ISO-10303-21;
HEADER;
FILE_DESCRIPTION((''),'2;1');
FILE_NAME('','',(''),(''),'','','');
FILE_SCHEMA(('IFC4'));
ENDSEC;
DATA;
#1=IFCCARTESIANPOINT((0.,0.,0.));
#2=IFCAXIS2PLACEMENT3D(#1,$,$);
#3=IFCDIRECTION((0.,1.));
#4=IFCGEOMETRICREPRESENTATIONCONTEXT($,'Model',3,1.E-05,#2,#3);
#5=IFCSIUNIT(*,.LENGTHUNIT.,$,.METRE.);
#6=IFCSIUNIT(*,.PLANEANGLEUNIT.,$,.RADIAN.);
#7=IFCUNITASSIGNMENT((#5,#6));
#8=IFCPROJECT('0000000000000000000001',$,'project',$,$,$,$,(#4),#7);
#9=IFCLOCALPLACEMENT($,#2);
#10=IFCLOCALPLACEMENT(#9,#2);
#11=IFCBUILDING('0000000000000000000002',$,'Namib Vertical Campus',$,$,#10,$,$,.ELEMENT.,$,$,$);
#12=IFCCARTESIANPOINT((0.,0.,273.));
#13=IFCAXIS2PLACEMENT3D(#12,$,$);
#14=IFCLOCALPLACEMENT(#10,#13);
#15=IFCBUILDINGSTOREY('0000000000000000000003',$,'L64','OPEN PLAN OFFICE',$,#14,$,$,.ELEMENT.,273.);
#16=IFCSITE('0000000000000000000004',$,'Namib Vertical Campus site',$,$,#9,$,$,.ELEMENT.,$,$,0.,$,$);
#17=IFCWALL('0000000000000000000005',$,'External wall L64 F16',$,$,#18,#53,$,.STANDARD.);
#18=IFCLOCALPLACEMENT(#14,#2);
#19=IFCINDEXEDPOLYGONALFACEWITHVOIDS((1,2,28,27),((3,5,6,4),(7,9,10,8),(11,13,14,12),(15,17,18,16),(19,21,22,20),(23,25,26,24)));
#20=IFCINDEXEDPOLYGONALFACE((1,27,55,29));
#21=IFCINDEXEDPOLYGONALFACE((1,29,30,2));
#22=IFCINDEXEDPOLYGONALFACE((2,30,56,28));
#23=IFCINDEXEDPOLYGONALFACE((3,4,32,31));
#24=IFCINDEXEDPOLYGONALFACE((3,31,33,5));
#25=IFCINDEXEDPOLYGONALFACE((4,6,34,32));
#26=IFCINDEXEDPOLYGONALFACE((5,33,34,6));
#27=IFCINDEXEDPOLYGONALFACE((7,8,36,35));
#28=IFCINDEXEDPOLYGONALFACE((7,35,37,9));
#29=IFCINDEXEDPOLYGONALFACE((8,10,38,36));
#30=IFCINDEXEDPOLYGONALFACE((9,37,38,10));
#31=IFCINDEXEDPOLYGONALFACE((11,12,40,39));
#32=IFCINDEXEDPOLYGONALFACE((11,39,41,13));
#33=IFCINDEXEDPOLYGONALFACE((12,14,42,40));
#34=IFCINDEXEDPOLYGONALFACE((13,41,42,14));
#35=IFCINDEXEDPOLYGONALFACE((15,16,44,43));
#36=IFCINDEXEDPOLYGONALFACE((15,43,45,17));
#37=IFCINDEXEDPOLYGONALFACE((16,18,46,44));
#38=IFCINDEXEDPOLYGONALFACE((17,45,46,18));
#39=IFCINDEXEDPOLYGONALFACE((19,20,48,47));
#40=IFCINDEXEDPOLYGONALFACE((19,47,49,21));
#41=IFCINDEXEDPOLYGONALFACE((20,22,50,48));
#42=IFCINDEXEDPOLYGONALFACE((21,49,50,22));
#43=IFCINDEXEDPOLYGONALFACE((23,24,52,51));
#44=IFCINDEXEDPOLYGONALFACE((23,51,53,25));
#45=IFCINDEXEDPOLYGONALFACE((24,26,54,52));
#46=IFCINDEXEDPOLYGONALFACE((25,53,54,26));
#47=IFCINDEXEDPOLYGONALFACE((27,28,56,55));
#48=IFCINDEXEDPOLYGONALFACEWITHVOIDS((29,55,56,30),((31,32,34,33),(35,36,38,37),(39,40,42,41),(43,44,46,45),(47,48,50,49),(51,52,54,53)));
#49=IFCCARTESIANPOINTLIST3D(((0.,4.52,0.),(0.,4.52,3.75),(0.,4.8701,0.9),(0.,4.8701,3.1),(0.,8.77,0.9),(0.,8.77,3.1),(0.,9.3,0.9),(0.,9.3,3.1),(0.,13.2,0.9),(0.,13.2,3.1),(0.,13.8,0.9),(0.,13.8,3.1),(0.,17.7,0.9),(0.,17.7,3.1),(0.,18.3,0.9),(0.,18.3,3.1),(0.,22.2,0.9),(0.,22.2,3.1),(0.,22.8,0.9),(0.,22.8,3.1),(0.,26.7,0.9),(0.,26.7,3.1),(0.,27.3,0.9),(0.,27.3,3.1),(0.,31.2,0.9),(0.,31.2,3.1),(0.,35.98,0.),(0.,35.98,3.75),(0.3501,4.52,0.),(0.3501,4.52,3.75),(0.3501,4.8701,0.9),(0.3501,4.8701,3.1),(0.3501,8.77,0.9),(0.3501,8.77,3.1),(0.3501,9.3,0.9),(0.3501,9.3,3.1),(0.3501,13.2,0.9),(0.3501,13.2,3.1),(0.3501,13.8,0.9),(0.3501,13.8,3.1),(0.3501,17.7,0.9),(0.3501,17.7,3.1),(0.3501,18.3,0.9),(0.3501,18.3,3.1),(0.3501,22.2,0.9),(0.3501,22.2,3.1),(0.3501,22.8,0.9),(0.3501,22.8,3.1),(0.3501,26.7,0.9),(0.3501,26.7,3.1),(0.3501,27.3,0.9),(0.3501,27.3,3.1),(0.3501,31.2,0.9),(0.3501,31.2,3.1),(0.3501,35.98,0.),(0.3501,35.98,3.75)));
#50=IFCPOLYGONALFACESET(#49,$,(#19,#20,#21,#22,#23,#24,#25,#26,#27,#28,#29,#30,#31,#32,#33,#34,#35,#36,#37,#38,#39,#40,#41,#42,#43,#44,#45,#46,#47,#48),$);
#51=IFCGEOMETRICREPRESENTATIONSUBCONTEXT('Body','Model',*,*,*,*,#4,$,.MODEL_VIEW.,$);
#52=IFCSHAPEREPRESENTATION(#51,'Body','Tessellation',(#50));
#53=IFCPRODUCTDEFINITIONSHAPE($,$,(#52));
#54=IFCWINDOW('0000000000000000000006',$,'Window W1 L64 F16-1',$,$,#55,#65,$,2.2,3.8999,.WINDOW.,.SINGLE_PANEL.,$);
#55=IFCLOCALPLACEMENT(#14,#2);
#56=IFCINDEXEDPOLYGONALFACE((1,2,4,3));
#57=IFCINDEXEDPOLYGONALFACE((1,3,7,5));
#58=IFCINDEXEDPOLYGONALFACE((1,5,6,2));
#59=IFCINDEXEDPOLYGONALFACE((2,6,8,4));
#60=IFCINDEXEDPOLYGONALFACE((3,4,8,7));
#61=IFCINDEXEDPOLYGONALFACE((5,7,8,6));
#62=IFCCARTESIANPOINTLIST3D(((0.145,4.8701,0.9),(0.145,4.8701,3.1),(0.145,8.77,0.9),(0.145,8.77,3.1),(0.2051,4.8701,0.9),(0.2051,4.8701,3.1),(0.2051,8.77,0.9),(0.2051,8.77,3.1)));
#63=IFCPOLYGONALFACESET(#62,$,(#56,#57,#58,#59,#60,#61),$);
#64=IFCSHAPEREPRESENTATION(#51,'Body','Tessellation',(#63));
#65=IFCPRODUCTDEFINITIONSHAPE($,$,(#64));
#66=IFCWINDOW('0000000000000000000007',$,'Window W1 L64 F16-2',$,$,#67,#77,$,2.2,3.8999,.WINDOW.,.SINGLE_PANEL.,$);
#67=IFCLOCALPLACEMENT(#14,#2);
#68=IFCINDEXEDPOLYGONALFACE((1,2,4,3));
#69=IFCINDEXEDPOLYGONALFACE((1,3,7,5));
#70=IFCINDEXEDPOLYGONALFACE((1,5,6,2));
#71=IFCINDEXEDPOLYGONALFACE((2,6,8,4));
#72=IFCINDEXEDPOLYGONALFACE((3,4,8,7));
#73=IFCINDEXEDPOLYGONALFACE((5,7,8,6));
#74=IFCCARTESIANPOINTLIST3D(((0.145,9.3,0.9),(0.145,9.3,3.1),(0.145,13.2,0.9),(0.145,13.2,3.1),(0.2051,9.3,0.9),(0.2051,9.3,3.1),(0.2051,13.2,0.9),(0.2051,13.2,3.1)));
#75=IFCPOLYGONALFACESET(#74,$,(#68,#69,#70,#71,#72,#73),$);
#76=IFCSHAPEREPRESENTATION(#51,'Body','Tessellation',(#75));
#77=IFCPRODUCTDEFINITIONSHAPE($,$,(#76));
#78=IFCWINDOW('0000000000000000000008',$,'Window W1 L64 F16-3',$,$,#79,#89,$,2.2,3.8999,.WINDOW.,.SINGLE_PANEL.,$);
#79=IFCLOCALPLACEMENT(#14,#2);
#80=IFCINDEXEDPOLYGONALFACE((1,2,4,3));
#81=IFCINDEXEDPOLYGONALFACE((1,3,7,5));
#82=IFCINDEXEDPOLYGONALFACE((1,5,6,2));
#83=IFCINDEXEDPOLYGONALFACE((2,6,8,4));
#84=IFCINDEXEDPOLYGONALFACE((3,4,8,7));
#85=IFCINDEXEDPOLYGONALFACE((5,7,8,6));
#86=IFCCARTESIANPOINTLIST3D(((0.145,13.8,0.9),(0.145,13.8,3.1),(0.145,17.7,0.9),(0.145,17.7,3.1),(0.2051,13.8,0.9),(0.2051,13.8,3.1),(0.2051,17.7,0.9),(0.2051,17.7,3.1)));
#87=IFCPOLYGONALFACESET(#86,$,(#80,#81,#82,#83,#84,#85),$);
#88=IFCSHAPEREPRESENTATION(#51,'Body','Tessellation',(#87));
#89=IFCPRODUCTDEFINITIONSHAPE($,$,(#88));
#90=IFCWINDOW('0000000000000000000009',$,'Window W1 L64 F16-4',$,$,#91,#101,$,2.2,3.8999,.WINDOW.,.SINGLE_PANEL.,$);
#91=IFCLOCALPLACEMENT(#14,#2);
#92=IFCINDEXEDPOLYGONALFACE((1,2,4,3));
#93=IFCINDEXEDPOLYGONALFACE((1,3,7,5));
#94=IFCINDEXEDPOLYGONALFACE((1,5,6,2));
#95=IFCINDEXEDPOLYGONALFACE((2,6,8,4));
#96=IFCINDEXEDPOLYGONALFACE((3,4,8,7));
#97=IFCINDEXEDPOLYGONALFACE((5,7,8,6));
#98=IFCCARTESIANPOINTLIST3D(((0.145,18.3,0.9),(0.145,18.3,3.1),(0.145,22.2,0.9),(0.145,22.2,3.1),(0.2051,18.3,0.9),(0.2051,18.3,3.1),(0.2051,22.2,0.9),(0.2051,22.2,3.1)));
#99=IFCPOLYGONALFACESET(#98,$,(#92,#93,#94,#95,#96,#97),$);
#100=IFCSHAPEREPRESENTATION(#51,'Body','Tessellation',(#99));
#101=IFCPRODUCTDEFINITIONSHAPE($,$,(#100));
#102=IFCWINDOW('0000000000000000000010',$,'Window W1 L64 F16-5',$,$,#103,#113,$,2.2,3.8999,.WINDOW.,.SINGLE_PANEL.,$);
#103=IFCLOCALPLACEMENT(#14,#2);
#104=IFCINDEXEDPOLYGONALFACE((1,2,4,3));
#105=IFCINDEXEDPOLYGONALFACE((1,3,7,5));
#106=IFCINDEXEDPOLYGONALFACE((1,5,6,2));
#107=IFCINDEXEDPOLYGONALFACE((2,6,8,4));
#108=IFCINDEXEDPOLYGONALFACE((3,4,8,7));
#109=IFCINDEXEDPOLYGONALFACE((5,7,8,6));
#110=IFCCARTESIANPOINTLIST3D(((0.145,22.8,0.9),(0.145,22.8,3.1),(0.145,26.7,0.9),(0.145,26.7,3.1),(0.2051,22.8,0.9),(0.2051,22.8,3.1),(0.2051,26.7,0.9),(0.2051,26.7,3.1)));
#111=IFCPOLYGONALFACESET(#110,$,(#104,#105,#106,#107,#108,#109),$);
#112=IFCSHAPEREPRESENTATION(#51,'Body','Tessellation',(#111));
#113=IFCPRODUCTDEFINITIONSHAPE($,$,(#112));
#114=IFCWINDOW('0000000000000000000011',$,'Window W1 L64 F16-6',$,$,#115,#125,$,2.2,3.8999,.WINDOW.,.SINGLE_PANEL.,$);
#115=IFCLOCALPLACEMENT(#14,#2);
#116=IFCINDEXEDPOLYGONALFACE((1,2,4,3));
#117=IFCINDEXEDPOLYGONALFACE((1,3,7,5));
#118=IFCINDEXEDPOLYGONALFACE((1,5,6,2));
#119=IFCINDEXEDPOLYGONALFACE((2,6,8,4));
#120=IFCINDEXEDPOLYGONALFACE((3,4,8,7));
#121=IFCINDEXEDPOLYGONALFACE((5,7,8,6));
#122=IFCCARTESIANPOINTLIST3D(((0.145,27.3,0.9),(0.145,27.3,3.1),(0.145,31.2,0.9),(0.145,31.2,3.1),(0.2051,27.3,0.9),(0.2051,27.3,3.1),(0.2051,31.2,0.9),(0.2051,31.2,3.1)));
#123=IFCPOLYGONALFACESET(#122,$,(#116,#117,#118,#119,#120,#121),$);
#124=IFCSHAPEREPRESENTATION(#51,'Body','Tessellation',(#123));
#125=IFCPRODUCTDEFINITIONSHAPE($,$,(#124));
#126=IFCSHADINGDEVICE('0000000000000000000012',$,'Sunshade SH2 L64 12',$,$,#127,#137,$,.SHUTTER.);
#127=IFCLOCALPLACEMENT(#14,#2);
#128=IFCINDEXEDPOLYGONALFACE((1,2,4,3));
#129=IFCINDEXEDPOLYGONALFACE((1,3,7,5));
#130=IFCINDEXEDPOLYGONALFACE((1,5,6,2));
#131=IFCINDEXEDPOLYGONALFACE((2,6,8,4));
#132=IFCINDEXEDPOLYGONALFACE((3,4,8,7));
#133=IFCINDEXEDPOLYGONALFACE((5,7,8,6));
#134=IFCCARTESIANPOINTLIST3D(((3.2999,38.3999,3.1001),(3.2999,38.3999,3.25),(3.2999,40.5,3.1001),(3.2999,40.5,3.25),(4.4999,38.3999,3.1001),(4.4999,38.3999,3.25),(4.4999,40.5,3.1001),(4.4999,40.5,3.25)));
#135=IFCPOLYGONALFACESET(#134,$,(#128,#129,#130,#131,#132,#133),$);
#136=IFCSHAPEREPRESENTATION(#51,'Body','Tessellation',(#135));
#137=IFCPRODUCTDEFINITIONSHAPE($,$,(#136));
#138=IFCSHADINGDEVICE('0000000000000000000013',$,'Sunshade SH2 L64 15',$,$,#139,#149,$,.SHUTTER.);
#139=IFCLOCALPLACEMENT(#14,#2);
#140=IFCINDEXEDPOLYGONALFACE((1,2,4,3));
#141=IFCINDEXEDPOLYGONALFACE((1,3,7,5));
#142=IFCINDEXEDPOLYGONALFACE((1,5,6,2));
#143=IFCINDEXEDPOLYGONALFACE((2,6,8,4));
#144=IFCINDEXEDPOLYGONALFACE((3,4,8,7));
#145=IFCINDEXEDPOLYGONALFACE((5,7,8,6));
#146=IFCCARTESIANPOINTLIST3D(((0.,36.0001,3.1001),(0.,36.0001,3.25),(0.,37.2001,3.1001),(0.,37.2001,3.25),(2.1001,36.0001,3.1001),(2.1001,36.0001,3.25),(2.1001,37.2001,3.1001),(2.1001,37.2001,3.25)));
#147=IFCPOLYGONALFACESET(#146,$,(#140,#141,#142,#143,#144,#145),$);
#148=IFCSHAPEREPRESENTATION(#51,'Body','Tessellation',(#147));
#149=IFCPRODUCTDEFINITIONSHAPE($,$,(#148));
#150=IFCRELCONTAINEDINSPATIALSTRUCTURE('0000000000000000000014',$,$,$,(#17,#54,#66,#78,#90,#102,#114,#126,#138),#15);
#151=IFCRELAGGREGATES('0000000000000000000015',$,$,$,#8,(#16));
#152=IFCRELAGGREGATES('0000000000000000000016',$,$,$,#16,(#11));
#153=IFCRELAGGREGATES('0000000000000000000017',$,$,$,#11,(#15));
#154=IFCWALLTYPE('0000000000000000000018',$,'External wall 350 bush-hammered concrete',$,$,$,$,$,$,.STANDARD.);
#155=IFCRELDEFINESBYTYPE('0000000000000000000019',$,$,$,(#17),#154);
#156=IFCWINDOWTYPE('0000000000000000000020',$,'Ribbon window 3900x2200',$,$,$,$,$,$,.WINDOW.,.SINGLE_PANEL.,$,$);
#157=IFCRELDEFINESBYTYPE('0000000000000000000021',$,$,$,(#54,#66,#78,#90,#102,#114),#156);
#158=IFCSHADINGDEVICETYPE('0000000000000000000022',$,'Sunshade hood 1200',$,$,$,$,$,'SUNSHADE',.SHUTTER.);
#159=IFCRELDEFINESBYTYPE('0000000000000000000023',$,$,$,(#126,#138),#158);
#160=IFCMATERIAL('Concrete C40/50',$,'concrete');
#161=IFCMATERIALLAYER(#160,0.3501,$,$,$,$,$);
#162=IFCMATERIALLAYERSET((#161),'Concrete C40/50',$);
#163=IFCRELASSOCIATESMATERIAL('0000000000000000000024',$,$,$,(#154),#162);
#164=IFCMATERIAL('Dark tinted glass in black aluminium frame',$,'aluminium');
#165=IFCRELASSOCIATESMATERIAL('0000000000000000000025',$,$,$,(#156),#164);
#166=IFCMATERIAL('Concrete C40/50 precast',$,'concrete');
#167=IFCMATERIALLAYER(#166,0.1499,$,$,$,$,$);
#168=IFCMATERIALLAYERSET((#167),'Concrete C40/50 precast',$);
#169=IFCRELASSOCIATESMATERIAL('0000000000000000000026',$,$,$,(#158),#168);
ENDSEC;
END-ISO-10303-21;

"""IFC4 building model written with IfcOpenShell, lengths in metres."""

from ifc_helpers import new_model, si_unit, direction, frame, frame_2d, origin, origin_2d, place, context, subcontext, project, spatial, rectangle, extrude, material, layer, layer_set, type_object, element, fill, save


model = new_model("IFC4")

# Units and contexts
model_context = context("Model", 3, precision=1e-05, world=origin(), true_north=direction((0.0, 1.0)))
body_context = subcontext(model_context, "Body", "Model", "MODEL_VIEW")
ifc_project = project(units=[si_unit("LENGTHUNIT", "METRE"), si_unit("PLANEANGLEUNIT", "RADIAN")], contexts=[model_context])

# Site, building, storey
site_placement = place(None, origin())
site = spatial("IfcSite", under=ifc_project, at=site_placement, Name="Namib Vertical Campus site", CompositionType="ELEMENT", RefElevation=0.0)
building_placement = place(site_placement, origin())
building = spatial("IfcBuilding", under=site, at=building_placement, Name="Namib Vertical Campus", CompositionType="ELEMENT")
storey_placement = place(building_placement, frame((0.0, 0.0, 273.0)))
storey = spatial("IfcBuildingStorey", under=building, at=storey_placement, Name="L64", Description="OPEN PLAN OFFICE", CompositionType="ELEMENT", Elevation=273.0)

# Shared definitions
ifc_material_1 = material(Name="Concrete C40/50", Category="concrete")
ifc_layer_1 = layer(ifc_material_1, 0.3501)
ifc_layer_set_1 = layer_set([ifc_layer_1], Name="Concrete C40/50")
wall_type_1 = type_object("IfcWallType", Name="External wall 350 bush-hammered concrete", PredefinedType="STANDARD", material=ifc_layer_set_1)

# Wall, openings, windows
wall_1_placement = place(storey_placement, frame((0.175, 35.98, 0.0), z_axis=(0.0, 0.0, 1.0), x_axis=(0.0, -1.0, 0.0)))
wall_1 = element("IfcWall", 1, at=wall_1_placement, inside=storey, type_object=wall_type_1, Name="External wall L64 F16", PredefinedType="STANDARD", context=body_context, shape_type="SweptSolid", body=[
    extrude(rectangle(XDim=31.46, YDim=0.3501, at=frame_2d((15.73, 0.0))), origin(), (0.0, 0.0, 1.0), 3.75),
])
opening_1_placement = place(wall_1_placement, frame((27.21, 0.0, 0.8999)))
opening_1 = element("IfcOpeningElement", 2, at=opening_1_placement, cuts=wall_1, PredefinedType="OPENING", context=body_context, shape_type="SweptSolid", body=[
    extrude(rectangle(XDim=3.8999, YDim=2.2, at=frame_2d((1.95, 1.1001))), frame((0.0, 0.1851, 0.0), z_axis=(0.0, -1.0, 0.0), x_axis=(1.0, 0.0, 0.0)), (0.0, 0.0, 1.0), 0.3701),
])
opening_2_placement = place(wall_1_placement, frame((22.78, 0.0, 0.8999)))
opening_2 = element("IfcOpeningElement", 3, at=opening_2_placement, cuts=wall_1, PredefinedType="OPENING", context=body_context, shape_type="SweptSolid", body=[
    extrude(rectangle(XDim=3.8999, YDim=2.2, at=frame_2d((1.95, 1.1001))), frame((0.0, 0.1851, 0.0), z_axis=(0.0, -1.0, 0.0), x_axis=(1.0, 0.0, 0.0)), (0.0, 0.0, 1.0), 0.3701),
])
opening_3_placement = place(wall_1_placement, frame((18.28, 0.0, 0.8999)))
opening_3 = element("IfcOpeningElement", 4, at=opening_3_placement, cuts=wall_1, PredefinedType="OPENING", context=body_context, shape_type="SweptSolid", body=[
    extrude(rectangle(XDim=3.8999, YDim=2.2, at=frame_2d((1.95, 1.1001))), frame((0.0, 0.1851, 0.0), z_axis=(0.0, -1.0, 0.0), x_axis=(1.0, 0.0, 0.0)), (0.0, 0.0, 1.0), 0.3701),
])
opening_4_placement = place(wall_1_placement, frame((13.78, 0.0, 0.8999)))
opening_4 = element("IfcOpeningElement", 5, at=opening_4_placement, cuts=wall_1, PredefinedType="OPENING", context=body_context, shape_type="SweptSolid", body=[
    extrude(rectangle(XDim=3.8999, YDim=2.2, at=frame_2d((1.95, 1.1001))), frame((0.0, 0.1851, 0.0), z_axis=(0.0, -1.0, 0.0), x_axis=(1.0, 0.0, 0.0)), (0.0, 0.0, 1.0), 0.3701),
])
opening_5_placement = place(wall_1_placement, frame((9.28, 0.0, 0.8999)))
opening_5 = element("IfcOpeningElement", 6, at=opening_5_placement, cuts=wall_1, PredefinedType="OPENING", context=body_context, shape_type="SweptSolid", body=[
    extrude(rectangle(XDim=3.8999, YDim=2.2, at=frame_2d((1.95, 1.1001))), frame((0.0, 0.1851, 0.0), z_axis=(0.0, -1.0, 0.0), x_axis=(1.0, 0.0, 0.0)), (0.0, 0.0, 1.0), 0.3701),
])
opening_6_placement = place(wall_1_placement, frame((4.78, 0.0, 0.8999)))
opening_6 = element("IfcOpeningElement", 7, at=opening_6_placement, cuts=wall_1, PredefinedType="OPENING", context=body_context, shape_type="SweptSolid", body=[
    extrude(rectangle(XDim=3.8999, YDim=2.2, at=frame_2d((1.95, 1.1001))), frame((0.0, 0.1851, 0.0), z_axis=(0.0, -1.0, 0.0), x_axis=(1.0, 0.0, 0.0)), (0.0, 0.0, 1.0), 0.3701),
])
ifc_material_2 = material(Name="Dark tinted glass in black aluminium frame", Category="aluminium")
window_type = type_object("IfcWindowType", Name="Ribbon window 3900x2200", PartitioningType="SINGLE_PANEL", PredefinedType="WINDOW", material=ifc_material_2)
window_1_placement = place(opening_1_placement, origin())
window_1 = element("IfcWindow", 8, at=window_1_placement, inside=storey, type_object=window_type, Name="Window W1 L64 F16-1", OverallHeight=2.2, OverallWidth=3.8999, PartitioningType="SINGLE_PANEL", PredefinedType="WINDOW", context=body_context, shape_type="SweptSolid", body=[
    extrude(rectangle(XDim=3.8999, YDim=2.2, at=frame_2d((1.95, 1.1001))), frame((0.0, 0.03, 0.0), z_axis=(0.0, -1.0, 0.0), x_axis=(1.0, 0.0, 0.0)), (0.0, 0.0, 1.0), 0.0601),
])
fill(opening_1, window_1)
window_2_placement = place(opening_2_placement, origin())
window_2 = element("IfcWindow", 9, at=window_2_placement, inside=storey, type_object=window_type, Name="Window W1 L64 F16-2", OverallHeight=2.2, OverallWidth=3.8999, PartitioningType="SINGLE_PANEL", PredefinedType="WINDOW", context=body_context, shape_type="SweptSolid", body=[
    extrude(rectangle(XDim=3.8999, YDim=2.2, at=frame_2d((1.95, 1.1001))), frame((0.0, 0.03, 0.0), z_axis=(0.0, -1.0, 0.0), x_axis=(1.0, 0.0, 0.0)), (0.0, 0.0, 1.0), 0.0601),
])
fill(opening_2, window_2)
window_3_placement = place(opening_3_placement, origin())
window_3 = element("IfcWindow", 10, at=window_3_placement, inside=storey, type_object=window_type, Name="Window W1 L64 F16-3", OverallHeight=2.2, OverallWidth=3.8999, PartitioningType="SINGLE_PANEL", PredefinedType="WINDOW", context=body_context, shape_type="SweptSolid", body=[
    extrude(rectangle(XDim=3.8999, YDim=2.2, at=frame_2d((1.95, 1.1001))), frame((0.0, 0.03, 0.0), z_axis=(0.0, -1.0, 0.0), x_axis=(1.0, 0.0, 0.0)), (0.0, 0.0, 1.0), 0.0601),
])
fill(opening_3, window_3)
window_4_placement = place(opening_4_placement, origin())
window_4 = element("IfcWindow", 11, at=window_4_placement, inside=storey, type_object=window_type, Name="Window W1 L64 F16-4", OverallHeight=2.2, OverallWidth=3.8999, PartitioningType="SINGLE_PANEL", PredefinedType="WINDOW", context=body_context, shape_type="SweptSolid", body=[
    extrude(rectangle(XDim=3.8999, YDim=2.2, at=frame_2d((1.95, 1.1001))), frame((0.0, 0.03, 0.0), z_axis=(0.0, -1.0, 0.0), x_axis=(1.0, 0.0, 0.0)), (0.0, 0.0, 1.0), 0.0601),
])
fill(opening_4, window_4)
window_5_placement = place(opening_5_placement, origin())
window_5 = element("IfcWindow", 12, at=window_5_placement, inside=storey, type_object=window_type, Name="Window W1 L64 F16-5", OverallHeight=2.2, OverallWidth=3.8999, PartitioningType="SINGLE_PANEL", PredefinedType="WINDOW", context=body_context, shape_type="SweptSolid", body=[
    extrude(rectangle(XDim=3.8999, YDim=2.2, at=frame_2d((1.95, 1.1001))), frame((0.0, 0.03, 0.0), z_axis=(0.0, -1.0, 0.0), x_axis=(1.0, 0.0, 0.0)), (0.0, 0.0, 1.0), 0.0601),
])
fill(opening_5, window_5)
window_6_placement = place(opening_6_placement, origin())
window_6 = element("IfcWindow", 13, at=window_6_placement, inside=storey, type_object=window_type, Name="Window W1 L64 F16-6", OverallHeight=2.2, OverallWidth=3.8999, PartitioningType="SINGLE_PANEL", PredefinedType="WINDOW", context=body_context, shape_type="SweptSolid", body=[
    extrude(rectangle(XDim=3.8999, YDim=2.2, at=frame_2d((1.95, 1.1001))), frame((0.0, 0.03, 0.0), z_axis=(0.0, -1.0, 0.0), x_axis=(1.0, 0.0, 0.0)), (0.0, 0.0, 1.0), 0.0601),
])
fill(opening_6, window_6)

# Shading devices
ifc_material_3 = material(Name="Concrete C40/50 precast", Category="concrete")
ifc_layer_2 = layer(ifc_material_3, 0.1499)
ifc_layer_set_2 = layer_set([ifc_layer_2], Name="Concrete C40/50 precast")
shading_device_type = type_object("IfcShadingDeviceType", Name="Sunshade hood 1200", ElementType="SUNSHADE", PredefinedType="SHUTTER", material=ifc_layer_set_2)
for number, where, z_axis, x_axis, name in (
    (14, (3.8999, 39.45, 3.1001), (0.0, 0.0, 1.0), (0.0, -1.0, 0.0), "Sunshade SH2 L64 12"),
    (15, (1.05, 36.6001, 3.1001), (0.0, 0.0, 1.0), (-1.0, 0.0, 0.0), "Sunshade SH2 L64 15"),
):
    element("IfcShadingDevice", number, at=place(storey_placement, frame(where, z_axis=z_axis, x_axis=x_axis)), inside=storey, type_object=shading_device_type, Name=name, PredefinedType="SHUTTER", context=body_context, shape_type="SweptSolid", body=[
        extrude(rectangle(XDim=2.1001, YDim=1.2, at=origin_2d()), origin(), (0.0, 0.0, 1.0), 0.1499),
    ])

save(model, "model.ifc")
